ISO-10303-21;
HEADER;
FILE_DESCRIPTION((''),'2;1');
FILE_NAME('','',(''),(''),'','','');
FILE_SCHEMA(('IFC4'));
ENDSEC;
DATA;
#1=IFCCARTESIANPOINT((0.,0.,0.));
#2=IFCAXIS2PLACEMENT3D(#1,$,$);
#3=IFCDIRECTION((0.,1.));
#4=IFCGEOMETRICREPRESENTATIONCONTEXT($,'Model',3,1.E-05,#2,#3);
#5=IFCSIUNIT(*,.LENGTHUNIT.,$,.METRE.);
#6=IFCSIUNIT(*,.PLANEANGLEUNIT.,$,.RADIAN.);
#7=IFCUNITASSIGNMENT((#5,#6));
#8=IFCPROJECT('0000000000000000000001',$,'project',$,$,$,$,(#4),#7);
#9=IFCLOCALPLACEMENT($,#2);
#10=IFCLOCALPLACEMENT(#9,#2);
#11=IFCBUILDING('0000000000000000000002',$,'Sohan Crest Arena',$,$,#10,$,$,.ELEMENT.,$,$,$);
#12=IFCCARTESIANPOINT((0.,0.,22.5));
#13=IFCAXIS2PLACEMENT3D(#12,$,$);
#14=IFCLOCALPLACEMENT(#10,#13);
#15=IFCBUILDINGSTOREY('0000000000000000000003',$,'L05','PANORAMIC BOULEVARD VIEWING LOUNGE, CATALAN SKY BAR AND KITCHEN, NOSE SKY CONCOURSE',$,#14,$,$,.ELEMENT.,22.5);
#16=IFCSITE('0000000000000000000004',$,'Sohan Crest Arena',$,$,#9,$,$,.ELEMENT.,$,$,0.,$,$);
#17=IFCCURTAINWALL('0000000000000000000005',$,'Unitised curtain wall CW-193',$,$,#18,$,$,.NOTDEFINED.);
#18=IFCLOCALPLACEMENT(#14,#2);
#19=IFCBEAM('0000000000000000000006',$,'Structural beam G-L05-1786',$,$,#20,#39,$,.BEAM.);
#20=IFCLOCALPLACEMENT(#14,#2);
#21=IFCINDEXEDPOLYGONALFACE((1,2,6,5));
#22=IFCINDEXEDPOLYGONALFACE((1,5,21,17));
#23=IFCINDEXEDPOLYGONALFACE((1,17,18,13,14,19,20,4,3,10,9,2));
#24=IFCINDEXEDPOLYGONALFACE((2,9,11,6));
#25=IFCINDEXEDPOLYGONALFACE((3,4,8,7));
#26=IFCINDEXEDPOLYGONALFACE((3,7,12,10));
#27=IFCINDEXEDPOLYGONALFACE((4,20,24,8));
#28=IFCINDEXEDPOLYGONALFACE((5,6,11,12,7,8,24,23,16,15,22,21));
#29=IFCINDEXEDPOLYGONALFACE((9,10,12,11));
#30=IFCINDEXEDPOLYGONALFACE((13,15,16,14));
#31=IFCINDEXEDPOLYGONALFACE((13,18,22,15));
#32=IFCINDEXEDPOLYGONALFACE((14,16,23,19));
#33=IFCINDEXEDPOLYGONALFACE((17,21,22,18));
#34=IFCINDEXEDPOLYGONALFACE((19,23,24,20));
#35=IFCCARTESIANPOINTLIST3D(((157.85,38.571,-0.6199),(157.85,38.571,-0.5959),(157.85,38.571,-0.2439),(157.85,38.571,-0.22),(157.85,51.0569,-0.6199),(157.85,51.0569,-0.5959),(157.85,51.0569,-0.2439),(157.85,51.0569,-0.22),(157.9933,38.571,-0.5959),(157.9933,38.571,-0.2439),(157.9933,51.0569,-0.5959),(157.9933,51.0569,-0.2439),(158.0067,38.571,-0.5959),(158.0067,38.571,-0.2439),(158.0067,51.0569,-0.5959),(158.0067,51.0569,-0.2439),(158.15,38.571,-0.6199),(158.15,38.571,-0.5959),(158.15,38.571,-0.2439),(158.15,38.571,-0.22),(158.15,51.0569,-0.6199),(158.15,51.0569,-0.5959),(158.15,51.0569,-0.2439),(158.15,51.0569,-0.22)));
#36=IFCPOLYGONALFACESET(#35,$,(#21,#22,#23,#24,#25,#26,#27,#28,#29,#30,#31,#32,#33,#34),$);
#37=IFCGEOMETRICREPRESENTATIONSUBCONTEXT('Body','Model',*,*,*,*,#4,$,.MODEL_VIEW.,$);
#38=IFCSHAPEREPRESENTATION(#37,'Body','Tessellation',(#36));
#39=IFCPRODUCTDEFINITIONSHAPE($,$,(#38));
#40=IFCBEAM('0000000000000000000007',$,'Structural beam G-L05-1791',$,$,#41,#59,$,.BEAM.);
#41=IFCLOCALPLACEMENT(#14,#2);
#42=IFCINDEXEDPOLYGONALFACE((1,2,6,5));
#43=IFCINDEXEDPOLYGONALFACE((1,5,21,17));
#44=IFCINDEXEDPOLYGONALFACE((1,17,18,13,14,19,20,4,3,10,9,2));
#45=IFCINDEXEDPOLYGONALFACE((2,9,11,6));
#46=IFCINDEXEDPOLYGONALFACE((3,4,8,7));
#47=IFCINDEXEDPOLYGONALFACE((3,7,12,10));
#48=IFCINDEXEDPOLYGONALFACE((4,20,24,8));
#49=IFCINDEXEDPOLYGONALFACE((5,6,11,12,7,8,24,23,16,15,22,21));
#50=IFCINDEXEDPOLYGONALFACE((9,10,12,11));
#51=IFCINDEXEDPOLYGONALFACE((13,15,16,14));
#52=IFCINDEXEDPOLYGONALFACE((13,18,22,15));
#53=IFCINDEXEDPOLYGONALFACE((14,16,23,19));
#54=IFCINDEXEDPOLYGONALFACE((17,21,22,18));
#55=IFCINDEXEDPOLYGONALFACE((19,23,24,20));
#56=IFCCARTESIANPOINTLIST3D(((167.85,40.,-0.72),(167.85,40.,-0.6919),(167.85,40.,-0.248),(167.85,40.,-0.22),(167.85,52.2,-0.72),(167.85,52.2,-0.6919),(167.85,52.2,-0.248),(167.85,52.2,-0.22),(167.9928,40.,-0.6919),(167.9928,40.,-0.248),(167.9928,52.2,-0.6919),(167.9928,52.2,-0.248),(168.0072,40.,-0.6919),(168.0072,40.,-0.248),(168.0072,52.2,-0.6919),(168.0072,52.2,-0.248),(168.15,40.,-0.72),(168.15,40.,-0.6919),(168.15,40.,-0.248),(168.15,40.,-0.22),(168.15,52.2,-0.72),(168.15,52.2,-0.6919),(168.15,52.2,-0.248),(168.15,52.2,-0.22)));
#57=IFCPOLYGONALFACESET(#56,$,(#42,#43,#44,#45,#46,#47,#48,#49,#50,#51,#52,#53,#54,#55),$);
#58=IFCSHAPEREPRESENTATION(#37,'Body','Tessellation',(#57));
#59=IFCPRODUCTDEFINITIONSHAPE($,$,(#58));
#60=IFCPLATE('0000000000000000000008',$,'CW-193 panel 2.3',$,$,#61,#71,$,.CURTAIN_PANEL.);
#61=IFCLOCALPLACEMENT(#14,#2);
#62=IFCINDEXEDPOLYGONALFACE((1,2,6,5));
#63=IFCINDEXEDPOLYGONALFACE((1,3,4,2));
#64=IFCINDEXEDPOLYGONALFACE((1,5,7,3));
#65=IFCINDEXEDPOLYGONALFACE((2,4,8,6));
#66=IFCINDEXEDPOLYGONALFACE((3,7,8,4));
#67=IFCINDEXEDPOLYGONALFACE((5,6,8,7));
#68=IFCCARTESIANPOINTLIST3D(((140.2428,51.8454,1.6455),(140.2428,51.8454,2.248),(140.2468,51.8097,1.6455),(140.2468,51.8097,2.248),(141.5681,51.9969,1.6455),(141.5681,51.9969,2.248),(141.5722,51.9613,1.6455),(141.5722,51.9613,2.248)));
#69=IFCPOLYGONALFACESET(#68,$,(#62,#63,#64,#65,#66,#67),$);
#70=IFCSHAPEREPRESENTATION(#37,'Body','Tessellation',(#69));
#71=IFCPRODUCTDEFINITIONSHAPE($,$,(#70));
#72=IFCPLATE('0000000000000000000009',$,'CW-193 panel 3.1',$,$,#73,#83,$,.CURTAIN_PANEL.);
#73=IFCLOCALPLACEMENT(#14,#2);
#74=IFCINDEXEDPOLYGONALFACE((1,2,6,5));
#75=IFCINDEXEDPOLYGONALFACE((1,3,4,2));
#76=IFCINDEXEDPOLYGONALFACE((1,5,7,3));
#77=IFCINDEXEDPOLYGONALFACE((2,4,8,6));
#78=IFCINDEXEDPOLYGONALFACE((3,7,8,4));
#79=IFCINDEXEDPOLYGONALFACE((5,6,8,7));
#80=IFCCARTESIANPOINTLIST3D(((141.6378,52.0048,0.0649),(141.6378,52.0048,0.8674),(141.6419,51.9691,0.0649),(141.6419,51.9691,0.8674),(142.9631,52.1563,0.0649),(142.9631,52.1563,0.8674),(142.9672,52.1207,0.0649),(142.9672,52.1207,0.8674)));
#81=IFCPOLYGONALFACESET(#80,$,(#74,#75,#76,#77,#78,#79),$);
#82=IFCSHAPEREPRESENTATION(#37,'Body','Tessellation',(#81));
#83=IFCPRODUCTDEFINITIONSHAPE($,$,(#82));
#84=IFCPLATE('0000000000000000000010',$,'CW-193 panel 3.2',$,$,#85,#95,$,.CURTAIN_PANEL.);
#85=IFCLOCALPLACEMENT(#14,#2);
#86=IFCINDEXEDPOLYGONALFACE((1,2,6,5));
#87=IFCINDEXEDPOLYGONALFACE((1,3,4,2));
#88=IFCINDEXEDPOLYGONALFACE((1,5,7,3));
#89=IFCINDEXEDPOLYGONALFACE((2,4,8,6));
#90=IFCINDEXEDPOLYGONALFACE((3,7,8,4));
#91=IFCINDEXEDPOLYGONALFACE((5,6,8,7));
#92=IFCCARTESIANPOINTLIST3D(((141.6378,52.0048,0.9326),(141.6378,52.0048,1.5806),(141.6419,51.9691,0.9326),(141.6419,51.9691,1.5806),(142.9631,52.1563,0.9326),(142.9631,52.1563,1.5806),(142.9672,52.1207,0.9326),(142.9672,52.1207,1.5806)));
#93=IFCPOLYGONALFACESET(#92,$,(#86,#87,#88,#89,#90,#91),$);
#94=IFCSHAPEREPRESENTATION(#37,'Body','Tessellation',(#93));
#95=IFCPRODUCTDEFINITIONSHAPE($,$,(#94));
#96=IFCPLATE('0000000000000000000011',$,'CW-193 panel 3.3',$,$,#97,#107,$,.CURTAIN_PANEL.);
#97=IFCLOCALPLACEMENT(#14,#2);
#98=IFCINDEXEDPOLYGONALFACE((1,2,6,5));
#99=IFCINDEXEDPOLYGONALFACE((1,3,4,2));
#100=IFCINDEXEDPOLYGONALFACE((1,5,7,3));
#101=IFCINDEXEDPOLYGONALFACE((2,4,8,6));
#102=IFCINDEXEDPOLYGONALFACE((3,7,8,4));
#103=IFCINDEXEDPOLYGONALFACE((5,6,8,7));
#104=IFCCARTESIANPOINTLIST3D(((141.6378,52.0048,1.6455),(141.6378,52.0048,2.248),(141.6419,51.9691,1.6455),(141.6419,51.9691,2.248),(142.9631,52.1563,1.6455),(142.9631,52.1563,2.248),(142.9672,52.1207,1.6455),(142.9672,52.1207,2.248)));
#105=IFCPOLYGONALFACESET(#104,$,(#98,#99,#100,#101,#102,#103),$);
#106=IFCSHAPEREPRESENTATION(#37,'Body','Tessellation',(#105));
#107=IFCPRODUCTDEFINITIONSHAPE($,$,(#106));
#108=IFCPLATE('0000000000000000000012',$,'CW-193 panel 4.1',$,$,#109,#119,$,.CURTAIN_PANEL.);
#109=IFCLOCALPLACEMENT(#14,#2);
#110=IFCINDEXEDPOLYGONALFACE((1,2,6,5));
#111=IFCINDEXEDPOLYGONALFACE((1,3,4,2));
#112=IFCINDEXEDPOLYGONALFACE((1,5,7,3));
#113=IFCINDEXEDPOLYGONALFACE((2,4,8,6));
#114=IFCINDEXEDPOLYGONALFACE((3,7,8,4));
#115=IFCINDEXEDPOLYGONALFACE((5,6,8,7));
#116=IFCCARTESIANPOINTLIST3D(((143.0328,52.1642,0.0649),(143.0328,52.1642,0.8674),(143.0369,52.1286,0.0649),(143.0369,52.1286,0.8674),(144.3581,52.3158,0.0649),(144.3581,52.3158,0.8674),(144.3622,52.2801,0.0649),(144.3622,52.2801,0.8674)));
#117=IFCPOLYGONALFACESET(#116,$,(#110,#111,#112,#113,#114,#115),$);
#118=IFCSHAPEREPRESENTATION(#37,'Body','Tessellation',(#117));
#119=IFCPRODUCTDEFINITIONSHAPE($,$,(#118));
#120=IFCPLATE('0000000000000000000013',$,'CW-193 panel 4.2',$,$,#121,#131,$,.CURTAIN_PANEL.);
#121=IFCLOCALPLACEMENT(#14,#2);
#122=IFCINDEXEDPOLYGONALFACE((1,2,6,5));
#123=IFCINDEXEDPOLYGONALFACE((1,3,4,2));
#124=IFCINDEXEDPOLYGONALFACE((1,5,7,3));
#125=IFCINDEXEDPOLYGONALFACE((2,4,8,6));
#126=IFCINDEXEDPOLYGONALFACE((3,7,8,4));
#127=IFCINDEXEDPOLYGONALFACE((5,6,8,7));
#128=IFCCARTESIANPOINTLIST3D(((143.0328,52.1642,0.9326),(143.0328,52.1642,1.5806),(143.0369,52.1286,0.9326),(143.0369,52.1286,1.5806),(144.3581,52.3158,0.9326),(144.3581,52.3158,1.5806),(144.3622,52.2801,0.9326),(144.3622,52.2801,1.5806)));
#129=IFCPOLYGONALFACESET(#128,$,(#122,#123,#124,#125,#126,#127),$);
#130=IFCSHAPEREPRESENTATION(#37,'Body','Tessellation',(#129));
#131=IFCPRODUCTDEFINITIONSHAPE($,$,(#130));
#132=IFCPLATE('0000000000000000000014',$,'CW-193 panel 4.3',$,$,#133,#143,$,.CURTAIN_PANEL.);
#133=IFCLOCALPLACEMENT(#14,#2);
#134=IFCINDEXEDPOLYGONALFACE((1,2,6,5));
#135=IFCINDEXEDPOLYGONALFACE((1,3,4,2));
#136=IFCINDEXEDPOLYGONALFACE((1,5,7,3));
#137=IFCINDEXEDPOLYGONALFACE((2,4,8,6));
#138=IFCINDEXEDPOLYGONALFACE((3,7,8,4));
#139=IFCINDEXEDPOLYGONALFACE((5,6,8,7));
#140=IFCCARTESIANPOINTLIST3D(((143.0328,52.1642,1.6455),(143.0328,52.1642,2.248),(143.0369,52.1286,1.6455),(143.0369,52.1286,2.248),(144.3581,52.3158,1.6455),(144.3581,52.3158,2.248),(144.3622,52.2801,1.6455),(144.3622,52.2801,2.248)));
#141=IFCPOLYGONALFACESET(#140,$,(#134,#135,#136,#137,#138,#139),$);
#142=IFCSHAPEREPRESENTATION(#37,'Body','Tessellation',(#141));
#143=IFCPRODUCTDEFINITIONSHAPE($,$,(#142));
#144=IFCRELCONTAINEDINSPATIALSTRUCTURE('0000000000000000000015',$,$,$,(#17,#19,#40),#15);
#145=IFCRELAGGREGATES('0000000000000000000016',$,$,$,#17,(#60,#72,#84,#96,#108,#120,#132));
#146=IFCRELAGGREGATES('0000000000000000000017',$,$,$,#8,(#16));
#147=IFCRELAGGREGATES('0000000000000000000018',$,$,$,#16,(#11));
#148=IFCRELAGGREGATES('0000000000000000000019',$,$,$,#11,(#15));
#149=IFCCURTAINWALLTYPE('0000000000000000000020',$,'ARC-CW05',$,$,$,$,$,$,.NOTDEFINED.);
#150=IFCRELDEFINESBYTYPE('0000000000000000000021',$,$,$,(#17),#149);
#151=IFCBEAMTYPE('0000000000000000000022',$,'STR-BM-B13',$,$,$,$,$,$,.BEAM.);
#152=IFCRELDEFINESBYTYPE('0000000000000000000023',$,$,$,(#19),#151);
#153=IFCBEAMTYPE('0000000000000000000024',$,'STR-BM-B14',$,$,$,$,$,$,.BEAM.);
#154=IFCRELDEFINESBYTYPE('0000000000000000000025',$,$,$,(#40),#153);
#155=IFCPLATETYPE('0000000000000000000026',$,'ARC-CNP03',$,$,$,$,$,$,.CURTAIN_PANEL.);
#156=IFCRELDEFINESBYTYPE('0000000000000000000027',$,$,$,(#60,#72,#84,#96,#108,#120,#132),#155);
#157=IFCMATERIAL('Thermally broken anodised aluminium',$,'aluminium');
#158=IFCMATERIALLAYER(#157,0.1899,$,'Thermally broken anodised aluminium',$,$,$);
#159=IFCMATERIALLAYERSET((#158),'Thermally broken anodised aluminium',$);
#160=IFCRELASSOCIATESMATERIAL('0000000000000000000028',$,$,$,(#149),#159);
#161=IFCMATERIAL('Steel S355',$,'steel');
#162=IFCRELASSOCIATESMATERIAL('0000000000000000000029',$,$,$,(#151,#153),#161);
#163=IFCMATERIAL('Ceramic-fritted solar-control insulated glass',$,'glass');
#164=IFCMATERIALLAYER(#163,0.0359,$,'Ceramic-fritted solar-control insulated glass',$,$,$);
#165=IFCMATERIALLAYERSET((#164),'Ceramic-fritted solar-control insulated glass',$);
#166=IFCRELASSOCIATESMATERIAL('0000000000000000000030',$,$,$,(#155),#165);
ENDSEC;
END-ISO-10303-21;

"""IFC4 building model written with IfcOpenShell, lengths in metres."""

from ifc_helpers import new_model, si_unit, direction, frame, origin, origin_2d, place, context, subcontext, project, spatial, rectangle, i_section, extrude, material, layer, layer_set, material_profile, profile_set, type_object, element, aggregate, save


model = new_model("IFC4")

# Units and contexts
model_context = context("Model", 3, precision=1e-05, world=origin(), true_north=direction((0.0, 1.0)))
body_context = subcontext(model_context, "Body", "Model", "MODEL_VIEW")
ifc_project = project(units=[si_unit("LENGTHUNIT", "METRE"), si_unit("PLANEANGLEUNIT", "RADIAN")], contexts=[model_context])

# Site, building, storey
site_placement = place(None, origin())
site = spatial("IfcSite", under=ifc_project, at=site_placement, Name="Sohan Crest Arena", CompositionType="ELEMENT", RefElevation=0.0)
building_placement = place(site_placement, origin())
building = spatial("IfcBuilding", under=site, at=building_placement, Name="Sohan Crest Arena", CompositionType="ELEMENT")
storey_placement = place(building_placement, frame((0.0, 0.0, 22.5)))
storey = spatial("IfcBuildingStorey", under=building, at=storey_placement, Name="L05", Description="PANORAMIC BOULEVARD VIEWING LOUNGE, CATALAN SKY BAR AND KITCHEN, NOSE SKY CONCOURSE", CompositionType="ELEMENT", Elevation=22.5)

# Curtain wall
ifc_material_1 = material(Name="Thermally broken anodised aluminium", Category="aluminium")
ifc_layer_1 = layer(ifc_material_1, 0.1899, Name="Thermally broken anodised aluminium")
ifc_layer_set_1 = layer_set([ifc_layer_1], Name="Thermally broken anodised aluminium")
curtain_wall_type = type_object("IfcCurtainWallType", Name="ARC-CW05", PredefinedType="NOTDEFINED", material=ifc_layer_set_1)
curtain_wall_placement = place(storey_placement, origin())
curtain_wall = element("IfcCurtainWall", 1, at=curtain_wall_placement, inside=storey, type_object=curtain_wall_type, Name="Unitised curtain wall CW-193", PredefinedType="NOTDEFINED")

# Beams
ifc_material_2 = material(Name="Steel S355", Category="steel")
ifc_material_profile_1 = material_profile(ifc_material_2, i_section(OverallWidth=0.3, OverallDepth=0.3999, WebThickness=0.0134, FlangeThickness=0.0239, at=origin_2d()), Name="HEB 400")
ifc_profile_set_1 = profile_set([ifc_material_profile_1], Name="Steel S355")
beam_type_1 = type_object("IfcBeamType", Name="STR-BM-B13", PredefinedType="BEAM", material=ifc_profile_set_1)
beam_1_placement = place(storey_placement, frame((158.0, 51.0569, -0.4199), z_axis=(0.0, -1.0, 0.0), x_axis=(1.0, 0.0, 0.0)))
element("IfcBeam", 2, at=beam_1_placement, inside=storey, type_object=beam_type_1, Name="Structural beam G-L05-1786", PredefinedType="BEAM", context=body_context, shape_type="SweptSolid", body=[
    extrude(i_section(OverallWidth=0.3, OverallDepth=0.3999, WebThickness=0.0134, FlangeThickness=0.0239, at=origin_2d()), origin(), (0.0, 0.0, 1.0), 12.4858),
])
ifc_material_profile_2 = material_profile(ifc_material_2, i_section(OverallWidth=0.3, OverallDepth=0.5, WebThickness=0.0144, FlangeThickness=0.0281, at=origin_2d()), Name="HEB 500")
ifc_profile_set_2 = profile_set([ifc_material_profile_2], Name="Steel S355")
beam_type_2 = type_object("IfcBeamType", Name="STR-BM-B14", PredefinedType="BEAM", material=ifc_profile_set_2)
beam_2_placement = place(storey_placement, frame((168.0, 52.2, -0.47), z_axis=(0.0, -1.0, 0.0), x_axis=(1.0, 0.0, 0.0)))
element("IfcBeam", 3, at=beam_2_placement, inside=storey, type_object=beam_type_2, Name="Structural beam G-L05-1791", PredefinedType="BEAM", context=body_context, shape_type="SweptSolid", body=[
    extrude(i_section(OverallWidth=0.3, OverallDepth=0.5, WebThickness=0.0144, FlangeThickness=0.0281, at=origin_2d()), origin(), (0.0, 0.0, 1.0), 12.2),
])

# Plates
ifc_material_3 = material(Name="Ceramic-fritted solar-control insulated glass", Category="glass")
ifc_layer_2 = layer(ifc_material_3, 0.0359, Name="Ceramic-fritted solar-control insulated glass")
ifc_layer_set_2 = layer_set([ifc_layer_2], Name="Ceramic-fritted solar-control insulated glass")
plate_type = type_object("IfcPlateType", Name="ARC-CNP03", PredefinedType="CURTAIN_PANEL", material=ifc_layer_set_2)
plate_1_placement = place(storey_placement, frame((140.9075, 51.9033, 1.6455), z_axis=(0.0, 0.0, 1.0), x_axis=(0.993527, 0.113597, 0.0)))
plate_1 = element("IfcPlate", 4, at=plate_1_placement, type_object=plate_type, Name="CW-193 panel 2.3", PredefinedType="CURTAIN_PANEL", context=body_context, shape_type="SweptSolid", body=[
    extrude(rectangle(XDim=1.334, YDim=0.0359, at=origin_2d()), origin(), (0.0, 0.0, 1.0), 0.6025),
])
plate_2_placement = place(storey_placement, frame((142.3025, 52.0627, 0.0649), z_axis=(0.0, 0.0, 1.0), x_axis=(0.993527, 0.113597, 0.0)))
plate_2 = element("IfcPlate", 5, at=plate_2_placement, type_object=plate_type, Name="CW-193 panel 3.1", PredefinedType="CURTAIN_PANEL", context=body_context, shape_type="SweptSolid", body=[
    extrude(rectangle(XDim=1.334, YDim=0.0359, at=origin_2d()), origin(), (0.0, 0.0, 1.0), 0.8025),
])
plate_3_placement = place(storey_placement, frame((142.3025, 52.0627, 0.9326), z_axis=(0.0, 0.0, 1.0), x_axis=(0.993527, 0.113597, 0.0)))
plate_3 = element("IfcPlate", 6, at=plate_3_placement, type_object=plate_type, Name="CW-193 panel 3.2", PredefinedType="CURTAIN_PANEL", context=body_context, shape_type="SweptSolid", body=[
    extrude(rectangle(XDim=1.334, YDim=0.0359, at=origin_2d()), origin(), (0.0, 0.0, 1.0), 0.6479),
])
plate_4_placement = place(storey_placement, frame((142.3025, 52.0627, 1.6455), z_axis=(0.0, 0.0, 1.0), x_axis=(0.993527, 0.113597, 0.0)))
plate_4 = element("IfcPlate", 7, at=plate_4_placement, type_object=plate_type, Name="CW-193 panel 3.3", PredefinedType="CURTAIN_PANEL", context=body_context, shape_type="SweptSolid", body=[
    extrude(rectangle(XDim=1.334, YDim=0.0359, at=origin_2d()), origin(), (0.0, 0.0, 1.0), 0.6025),
])
plate_5_placement = place(storey_placement, frame((143.6975, 52.2222, 0.0649), z_axis=(0.0, 0.0, 1.0), x_axis=(0.993527, 0.113597, 0.0)))
plate_5 = element("IfcPlate", 8, at=plate_5_placement, type_object=plate_type, Name="CW-193 panel 4.1", PredefinedType="CURTAIN_PANEL", context=body_context, shape_type="SweptSolid", body=[
    extrude(rectangle(XDim=1.334, YDim=0.0359, at=origin_2d()), origin(), (0.0, 0.0, 1.0), 0.8025),
])
plate_6_placement = place(storey_placement, frame((143.6975, 52.2222, 0.9326), z_axis=(0.0, 0.0, 1.0), x_axis=(0.993527, 0.113597, 0.0)))
plate_6 = element("IfcPlate", 9, at=plate_6_placement, type_object=plate_type, Name="CW-193 panel 4.2", PredefinedType="CURTAIN_PANEL", context=body_context, shape_type="SweptSolid", body=[
    extrude(rectangle(XDim=1.334, YDim=0.0359, at=origin_2d()), origin(), (0.0, 0.0, 1.0), 0.6479),
])
plate_7_placement = place(storey_placement, frame((143.6975, 52.2222, 1.6455), z_axis=(0.0, 0.0, 1.0), x_axis=(0.993527, 0.113597, 0.0)))
plate_7 = element("IfcPlate", 10, at=plate_7_placement, type_object=plate_type, Name="CW-193 panel 4.3", PredefinedType="CURTAIN_PANEL", context=body_context, shape_type="SweptSolid", body=[
    extrude(rectangle(XDim=1.334, YDim=0.0359, at=origin_2d()), origin(), (0.0, 0.0, 1.0), 0.6025),
])
aggregate(curtain_wall, [plate_1, plate_2, plate_3, plate_4, plate_5, plate_6, plate_7])

save(model, "model.ifc")
